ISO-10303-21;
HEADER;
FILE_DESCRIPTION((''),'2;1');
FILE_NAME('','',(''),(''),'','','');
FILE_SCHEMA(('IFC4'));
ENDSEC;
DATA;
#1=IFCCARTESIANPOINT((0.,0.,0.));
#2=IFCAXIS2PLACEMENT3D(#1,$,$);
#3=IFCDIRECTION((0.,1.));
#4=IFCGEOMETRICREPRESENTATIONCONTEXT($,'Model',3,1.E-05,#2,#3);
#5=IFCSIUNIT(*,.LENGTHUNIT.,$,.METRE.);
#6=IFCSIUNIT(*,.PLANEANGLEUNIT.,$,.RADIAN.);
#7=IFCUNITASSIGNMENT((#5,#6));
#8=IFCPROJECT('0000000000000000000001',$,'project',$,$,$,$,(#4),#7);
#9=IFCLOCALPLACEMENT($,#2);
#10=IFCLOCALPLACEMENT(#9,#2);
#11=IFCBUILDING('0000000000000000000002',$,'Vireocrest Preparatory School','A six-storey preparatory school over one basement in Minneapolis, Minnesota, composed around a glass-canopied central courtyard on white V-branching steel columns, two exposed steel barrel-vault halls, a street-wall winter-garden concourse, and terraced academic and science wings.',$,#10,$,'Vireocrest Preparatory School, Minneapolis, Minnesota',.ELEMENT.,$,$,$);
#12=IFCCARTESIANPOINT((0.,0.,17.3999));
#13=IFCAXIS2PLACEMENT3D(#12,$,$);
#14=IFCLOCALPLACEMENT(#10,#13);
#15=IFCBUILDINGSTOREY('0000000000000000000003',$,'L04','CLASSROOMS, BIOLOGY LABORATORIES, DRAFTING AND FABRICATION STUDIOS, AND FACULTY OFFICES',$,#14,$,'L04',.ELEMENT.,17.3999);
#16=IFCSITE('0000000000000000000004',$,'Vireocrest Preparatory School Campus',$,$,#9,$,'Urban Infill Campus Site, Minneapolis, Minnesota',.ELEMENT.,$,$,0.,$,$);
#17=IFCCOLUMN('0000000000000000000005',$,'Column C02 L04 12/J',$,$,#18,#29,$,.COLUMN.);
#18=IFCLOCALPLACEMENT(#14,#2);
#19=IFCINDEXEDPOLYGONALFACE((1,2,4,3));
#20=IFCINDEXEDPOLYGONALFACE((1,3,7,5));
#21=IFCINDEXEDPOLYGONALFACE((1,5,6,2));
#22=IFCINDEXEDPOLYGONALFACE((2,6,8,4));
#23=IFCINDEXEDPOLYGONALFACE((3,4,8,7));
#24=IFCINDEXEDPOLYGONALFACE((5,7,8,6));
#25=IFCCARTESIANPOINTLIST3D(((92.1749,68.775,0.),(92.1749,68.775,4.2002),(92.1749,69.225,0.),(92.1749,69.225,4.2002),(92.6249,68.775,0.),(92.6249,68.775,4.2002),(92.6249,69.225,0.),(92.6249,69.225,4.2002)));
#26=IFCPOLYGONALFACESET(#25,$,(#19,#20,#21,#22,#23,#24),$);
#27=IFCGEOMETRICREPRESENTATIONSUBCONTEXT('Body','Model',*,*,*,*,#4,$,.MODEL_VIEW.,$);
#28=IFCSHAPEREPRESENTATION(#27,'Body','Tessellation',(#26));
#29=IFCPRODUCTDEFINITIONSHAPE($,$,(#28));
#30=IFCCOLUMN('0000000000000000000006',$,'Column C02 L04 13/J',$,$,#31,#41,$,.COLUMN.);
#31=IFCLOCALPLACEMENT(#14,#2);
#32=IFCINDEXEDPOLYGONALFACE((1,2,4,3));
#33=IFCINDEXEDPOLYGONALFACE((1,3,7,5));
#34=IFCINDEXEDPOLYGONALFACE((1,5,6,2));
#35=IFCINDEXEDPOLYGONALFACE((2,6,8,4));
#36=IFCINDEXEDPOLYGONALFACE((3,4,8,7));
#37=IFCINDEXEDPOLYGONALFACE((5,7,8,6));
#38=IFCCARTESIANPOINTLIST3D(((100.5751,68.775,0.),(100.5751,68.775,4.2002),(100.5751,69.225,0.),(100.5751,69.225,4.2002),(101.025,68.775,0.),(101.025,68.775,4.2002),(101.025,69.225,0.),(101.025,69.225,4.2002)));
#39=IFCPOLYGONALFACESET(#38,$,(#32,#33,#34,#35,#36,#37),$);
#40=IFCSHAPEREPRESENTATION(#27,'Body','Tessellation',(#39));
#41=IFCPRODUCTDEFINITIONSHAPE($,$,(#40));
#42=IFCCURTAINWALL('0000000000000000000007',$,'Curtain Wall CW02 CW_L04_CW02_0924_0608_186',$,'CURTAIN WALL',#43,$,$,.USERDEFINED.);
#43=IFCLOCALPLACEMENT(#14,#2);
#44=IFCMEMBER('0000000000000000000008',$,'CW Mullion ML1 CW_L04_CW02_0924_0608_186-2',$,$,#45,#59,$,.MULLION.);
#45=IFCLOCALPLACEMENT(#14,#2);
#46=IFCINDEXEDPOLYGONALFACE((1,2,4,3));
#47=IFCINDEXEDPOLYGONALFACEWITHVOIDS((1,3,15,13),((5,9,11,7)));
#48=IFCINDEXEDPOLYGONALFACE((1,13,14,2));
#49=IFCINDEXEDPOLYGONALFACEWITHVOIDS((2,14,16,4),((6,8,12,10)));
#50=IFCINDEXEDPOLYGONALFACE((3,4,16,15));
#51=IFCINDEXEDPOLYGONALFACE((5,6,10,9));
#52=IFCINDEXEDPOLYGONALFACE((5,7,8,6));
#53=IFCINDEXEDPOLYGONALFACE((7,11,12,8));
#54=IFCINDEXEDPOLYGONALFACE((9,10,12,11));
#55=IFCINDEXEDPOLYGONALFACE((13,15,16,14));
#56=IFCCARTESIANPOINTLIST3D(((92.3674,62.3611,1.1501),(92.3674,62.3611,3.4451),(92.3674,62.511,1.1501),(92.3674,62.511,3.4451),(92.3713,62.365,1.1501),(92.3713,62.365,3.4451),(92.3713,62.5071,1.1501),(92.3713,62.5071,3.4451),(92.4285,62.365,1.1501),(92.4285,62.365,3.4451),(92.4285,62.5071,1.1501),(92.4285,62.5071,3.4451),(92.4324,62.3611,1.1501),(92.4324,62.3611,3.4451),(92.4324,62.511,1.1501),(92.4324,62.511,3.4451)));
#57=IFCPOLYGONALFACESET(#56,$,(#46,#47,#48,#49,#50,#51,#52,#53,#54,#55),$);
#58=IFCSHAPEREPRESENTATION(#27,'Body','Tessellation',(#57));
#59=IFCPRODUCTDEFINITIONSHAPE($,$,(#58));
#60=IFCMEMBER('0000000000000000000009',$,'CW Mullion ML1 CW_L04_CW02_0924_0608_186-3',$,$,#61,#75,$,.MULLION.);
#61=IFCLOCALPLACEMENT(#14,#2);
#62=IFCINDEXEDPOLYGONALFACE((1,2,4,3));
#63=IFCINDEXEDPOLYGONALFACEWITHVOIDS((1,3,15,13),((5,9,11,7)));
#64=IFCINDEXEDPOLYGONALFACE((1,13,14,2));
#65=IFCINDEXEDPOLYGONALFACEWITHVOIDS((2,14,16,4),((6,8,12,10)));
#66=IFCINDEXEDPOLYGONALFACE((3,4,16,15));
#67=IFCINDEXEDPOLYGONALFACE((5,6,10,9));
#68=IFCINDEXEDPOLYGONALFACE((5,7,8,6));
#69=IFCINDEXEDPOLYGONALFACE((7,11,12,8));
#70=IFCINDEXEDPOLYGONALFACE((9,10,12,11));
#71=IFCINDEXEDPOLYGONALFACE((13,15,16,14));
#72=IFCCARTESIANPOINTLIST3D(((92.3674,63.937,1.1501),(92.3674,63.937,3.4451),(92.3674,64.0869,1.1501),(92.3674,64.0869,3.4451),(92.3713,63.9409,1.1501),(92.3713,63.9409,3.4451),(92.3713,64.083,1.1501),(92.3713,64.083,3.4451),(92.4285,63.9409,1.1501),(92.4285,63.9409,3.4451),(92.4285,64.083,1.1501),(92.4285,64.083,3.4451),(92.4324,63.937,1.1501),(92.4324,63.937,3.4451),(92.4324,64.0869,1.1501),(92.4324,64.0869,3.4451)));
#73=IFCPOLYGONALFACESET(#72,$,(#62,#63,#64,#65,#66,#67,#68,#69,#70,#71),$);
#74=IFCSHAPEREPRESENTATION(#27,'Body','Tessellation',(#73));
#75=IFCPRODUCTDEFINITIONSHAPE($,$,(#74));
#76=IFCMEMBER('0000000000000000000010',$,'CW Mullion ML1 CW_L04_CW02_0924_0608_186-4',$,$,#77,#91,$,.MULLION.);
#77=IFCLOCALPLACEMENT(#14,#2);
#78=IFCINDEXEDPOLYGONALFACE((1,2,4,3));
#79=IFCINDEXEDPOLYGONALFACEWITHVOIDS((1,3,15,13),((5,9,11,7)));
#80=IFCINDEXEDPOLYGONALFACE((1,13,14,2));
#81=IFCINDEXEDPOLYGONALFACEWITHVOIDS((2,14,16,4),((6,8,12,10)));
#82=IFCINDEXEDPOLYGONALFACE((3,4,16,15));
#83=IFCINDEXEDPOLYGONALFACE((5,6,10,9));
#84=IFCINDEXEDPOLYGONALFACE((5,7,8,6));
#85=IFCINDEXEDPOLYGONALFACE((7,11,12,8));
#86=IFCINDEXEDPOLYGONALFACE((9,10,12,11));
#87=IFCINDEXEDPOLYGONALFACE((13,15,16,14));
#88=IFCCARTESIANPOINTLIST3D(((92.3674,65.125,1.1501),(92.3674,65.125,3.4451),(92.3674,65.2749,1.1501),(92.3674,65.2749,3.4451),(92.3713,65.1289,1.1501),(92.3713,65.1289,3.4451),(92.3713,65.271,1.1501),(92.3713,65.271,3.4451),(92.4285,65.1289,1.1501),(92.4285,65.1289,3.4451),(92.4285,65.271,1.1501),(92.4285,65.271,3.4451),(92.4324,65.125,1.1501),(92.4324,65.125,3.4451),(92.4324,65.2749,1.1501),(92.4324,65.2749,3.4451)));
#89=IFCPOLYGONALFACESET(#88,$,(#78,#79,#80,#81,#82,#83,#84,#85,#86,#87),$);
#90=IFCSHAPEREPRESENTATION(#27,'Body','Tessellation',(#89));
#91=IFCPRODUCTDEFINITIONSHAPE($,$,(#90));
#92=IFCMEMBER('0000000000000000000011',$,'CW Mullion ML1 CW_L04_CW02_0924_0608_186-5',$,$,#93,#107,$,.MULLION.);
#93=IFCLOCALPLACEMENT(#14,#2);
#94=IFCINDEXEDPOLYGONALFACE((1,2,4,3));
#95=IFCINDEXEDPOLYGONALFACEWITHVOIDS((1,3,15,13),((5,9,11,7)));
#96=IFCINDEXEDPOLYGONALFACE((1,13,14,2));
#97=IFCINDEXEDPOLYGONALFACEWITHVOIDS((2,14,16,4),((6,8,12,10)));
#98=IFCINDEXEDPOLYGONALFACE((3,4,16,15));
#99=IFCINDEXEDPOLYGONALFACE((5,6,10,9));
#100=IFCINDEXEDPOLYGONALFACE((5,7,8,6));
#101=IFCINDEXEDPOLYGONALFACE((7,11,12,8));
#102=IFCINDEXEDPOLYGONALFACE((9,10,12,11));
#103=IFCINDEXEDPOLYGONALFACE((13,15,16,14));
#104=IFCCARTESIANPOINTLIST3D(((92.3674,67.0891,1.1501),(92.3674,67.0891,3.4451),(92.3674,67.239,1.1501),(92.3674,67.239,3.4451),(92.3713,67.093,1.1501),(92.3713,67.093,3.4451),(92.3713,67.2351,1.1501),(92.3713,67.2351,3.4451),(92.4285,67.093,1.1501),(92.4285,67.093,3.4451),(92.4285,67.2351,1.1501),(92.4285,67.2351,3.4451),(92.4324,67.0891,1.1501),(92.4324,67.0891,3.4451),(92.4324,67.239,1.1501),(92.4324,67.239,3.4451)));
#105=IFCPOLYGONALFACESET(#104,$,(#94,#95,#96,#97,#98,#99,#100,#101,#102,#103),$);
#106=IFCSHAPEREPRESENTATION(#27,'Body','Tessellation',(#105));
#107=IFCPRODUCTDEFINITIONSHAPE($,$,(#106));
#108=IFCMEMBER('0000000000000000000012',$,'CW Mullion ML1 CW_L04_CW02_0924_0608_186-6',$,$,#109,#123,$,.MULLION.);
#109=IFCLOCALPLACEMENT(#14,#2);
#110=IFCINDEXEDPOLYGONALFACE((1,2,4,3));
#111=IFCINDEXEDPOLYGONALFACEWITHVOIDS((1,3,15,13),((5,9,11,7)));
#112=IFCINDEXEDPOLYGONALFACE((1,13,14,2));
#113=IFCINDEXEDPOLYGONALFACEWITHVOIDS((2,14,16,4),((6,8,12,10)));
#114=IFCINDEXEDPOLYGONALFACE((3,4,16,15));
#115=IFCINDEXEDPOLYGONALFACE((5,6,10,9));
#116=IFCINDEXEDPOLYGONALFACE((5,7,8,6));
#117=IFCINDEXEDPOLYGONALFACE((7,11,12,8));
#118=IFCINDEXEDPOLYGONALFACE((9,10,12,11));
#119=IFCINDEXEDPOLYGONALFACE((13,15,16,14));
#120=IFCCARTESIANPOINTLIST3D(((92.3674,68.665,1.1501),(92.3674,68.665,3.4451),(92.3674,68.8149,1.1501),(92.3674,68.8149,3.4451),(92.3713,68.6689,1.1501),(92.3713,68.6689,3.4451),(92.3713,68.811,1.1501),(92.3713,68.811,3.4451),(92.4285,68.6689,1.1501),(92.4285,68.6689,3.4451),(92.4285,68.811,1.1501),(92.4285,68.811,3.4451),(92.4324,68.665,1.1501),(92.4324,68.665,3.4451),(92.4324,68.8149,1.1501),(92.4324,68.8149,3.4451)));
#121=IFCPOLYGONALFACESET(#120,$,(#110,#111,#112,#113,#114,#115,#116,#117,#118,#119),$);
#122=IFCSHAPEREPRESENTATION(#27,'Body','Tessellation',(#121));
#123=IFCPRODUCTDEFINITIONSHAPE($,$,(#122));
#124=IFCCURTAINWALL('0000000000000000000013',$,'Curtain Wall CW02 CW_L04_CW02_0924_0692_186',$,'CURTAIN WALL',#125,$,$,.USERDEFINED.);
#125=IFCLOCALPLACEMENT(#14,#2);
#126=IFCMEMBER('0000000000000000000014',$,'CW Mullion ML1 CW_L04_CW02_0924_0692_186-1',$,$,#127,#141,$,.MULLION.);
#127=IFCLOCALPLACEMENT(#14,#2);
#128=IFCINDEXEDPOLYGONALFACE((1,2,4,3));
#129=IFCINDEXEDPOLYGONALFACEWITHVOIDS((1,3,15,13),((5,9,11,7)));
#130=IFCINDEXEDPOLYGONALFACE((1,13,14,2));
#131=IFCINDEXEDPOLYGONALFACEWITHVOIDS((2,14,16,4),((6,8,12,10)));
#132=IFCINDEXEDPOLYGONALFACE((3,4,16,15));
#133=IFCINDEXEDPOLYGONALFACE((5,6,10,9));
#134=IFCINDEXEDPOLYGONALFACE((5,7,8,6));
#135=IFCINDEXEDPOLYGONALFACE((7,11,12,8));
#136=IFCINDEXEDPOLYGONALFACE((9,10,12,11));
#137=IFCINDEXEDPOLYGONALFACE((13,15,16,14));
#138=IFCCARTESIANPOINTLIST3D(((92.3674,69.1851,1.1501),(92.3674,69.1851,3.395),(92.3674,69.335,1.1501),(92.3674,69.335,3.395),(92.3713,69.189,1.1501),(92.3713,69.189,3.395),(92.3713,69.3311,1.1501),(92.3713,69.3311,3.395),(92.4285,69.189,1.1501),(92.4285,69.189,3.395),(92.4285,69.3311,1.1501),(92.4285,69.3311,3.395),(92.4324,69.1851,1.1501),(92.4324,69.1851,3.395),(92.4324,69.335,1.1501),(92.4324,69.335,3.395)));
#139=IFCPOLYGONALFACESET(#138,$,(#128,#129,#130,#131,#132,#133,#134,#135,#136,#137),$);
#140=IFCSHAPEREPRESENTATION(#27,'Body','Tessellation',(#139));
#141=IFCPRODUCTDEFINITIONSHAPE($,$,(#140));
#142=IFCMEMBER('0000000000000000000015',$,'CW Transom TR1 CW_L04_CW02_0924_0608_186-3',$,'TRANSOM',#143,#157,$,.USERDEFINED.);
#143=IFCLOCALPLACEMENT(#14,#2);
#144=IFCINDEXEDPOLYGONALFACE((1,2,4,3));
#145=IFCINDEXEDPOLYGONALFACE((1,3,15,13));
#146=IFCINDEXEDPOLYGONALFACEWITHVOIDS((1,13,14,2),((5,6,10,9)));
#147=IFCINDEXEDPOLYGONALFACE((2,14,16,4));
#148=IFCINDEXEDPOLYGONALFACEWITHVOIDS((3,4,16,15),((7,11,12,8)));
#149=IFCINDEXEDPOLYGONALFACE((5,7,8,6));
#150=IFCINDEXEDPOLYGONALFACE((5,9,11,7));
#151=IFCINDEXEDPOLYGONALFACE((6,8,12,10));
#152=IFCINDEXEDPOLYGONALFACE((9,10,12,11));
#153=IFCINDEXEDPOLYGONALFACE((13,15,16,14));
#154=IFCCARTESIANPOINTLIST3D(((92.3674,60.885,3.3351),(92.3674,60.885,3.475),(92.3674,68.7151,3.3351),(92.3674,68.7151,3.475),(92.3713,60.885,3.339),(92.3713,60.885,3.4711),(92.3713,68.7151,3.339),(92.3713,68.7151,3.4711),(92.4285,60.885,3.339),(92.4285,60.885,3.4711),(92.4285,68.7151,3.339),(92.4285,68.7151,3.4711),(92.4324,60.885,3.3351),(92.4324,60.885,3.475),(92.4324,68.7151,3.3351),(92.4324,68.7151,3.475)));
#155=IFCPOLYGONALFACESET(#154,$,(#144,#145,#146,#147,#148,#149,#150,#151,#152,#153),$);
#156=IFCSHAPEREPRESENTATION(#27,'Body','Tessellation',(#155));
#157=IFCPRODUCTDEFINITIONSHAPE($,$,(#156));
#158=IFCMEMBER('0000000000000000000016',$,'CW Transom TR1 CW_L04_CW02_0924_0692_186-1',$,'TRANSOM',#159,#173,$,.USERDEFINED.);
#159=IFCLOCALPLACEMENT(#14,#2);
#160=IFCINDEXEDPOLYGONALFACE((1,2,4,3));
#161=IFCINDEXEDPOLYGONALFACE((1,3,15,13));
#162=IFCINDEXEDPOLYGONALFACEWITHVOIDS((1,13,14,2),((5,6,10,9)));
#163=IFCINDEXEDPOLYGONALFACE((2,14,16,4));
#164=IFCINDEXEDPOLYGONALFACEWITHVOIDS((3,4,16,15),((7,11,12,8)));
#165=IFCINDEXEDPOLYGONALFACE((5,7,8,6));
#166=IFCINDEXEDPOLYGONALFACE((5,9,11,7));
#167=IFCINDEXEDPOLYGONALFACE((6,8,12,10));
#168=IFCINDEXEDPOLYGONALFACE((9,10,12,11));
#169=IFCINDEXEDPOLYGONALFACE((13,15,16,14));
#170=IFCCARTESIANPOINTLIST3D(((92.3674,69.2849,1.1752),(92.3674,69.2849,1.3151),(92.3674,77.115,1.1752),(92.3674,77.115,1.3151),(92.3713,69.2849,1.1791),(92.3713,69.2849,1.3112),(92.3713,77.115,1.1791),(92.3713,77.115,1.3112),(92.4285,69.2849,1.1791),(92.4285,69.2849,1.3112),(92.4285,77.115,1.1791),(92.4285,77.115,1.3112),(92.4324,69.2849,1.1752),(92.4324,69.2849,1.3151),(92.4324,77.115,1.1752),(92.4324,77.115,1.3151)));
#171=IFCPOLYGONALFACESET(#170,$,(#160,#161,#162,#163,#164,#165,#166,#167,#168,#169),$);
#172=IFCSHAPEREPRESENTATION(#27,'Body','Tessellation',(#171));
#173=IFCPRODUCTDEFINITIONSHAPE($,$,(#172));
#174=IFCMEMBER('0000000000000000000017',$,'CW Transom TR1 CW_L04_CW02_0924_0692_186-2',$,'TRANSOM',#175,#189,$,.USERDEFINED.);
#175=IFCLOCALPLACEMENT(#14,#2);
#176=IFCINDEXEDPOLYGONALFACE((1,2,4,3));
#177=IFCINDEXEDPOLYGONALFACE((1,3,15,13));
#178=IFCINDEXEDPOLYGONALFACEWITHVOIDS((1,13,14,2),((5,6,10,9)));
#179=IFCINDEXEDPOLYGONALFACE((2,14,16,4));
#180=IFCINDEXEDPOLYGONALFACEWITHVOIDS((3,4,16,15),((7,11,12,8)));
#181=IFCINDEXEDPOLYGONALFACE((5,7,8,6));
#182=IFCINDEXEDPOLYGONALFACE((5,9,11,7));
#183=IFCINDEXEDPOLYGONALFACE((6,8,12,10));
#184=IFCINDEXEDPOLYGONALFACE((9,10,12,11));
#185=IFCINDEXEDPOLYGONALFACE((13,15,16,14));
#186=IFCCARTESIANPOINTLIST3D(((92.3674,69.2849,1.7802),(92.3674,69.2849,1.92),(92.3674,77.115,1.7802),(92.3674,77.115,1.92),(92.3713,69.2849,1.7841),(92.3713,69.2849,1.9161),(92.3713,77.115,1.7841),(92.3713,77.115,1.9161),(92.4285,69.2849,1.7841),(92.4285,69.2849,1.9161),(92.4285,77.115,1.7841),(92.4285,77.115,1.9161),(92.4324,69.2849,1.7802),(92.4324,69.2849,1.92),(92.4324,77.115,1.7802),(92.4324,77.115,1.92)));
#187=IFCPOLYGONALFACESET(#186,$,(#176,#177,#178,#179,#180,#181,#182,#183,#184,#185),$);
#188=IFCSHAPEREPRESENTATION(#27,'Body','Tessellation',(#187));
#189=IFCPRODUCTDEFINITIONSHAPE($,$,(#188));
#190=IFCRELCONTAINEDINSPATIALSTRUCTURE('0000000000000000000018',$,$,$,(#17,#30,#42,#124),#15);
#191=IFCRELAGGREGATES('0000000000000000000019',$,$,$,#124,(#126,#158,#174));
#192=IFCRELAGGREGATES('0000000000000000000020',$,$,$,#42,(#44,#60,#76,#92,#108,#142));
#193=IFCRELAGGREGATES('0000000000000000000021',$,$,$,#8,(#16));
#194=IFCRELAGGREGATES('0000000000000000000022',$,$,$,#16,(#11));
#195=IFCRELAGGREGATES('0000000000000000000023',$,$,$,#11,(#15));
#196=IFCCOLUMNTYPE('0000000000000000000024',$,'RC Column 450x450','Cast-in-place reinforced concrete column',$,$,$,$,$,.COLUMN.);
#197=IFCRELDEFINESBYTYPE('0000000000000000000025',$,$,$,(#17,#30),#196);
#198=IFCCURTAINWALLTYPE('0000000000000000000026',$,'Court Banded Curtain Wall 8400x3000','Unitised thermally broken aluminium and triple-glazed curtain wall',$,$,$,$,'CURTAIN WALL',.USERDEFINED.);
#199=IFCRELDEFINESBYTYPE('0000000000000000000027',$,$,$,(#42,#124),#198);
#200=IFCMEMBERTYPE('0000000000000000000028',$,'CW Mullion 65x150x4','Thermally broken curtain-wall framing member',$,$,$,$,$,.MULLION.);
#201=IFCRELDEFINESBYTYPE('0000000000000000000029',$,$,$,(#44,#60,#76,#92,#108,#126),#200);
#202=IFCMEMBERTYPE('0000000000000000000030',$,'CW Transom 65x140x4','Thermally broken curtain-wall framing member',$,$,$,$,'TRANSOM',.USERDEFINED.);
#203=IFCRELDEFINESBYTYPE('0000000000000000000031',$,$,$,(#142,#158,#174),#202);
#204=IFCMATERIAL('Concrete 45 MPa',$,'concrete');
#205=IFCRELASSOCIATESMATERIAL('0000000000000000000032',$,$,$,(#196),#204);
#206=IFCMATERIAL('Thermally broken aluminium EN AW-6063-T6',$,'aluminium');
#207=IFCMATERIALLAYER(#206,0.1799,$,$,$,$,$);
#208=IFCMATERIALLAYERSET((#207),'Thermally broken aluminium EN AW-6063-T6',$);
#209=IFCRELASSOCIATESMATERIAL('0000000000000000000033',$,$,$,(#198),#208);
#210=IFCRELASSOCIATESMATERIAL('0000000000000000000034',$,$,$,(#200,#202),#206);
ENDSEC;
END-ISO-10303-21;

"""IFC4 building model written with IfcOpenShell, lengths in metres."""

from ifc_helpers import new_model, si_unit, direction, frame, origin, origin_2d, place, context, subcontext, project, spatial, rectangle, hollow_rectangle, extrude, material, layer, layer_set, material_profile, profile_set, type_object, element, aggregate, save


model = new_model("IFC4")

# Units and contexts
model_context = context("Model", 3, precision=1e-05, world=origin(), true_north=direction((0.0, 1.0)))
body_context = subcontext(model_context, "Body", "Model", "MODEL_VIEW")
ifc_project = project(units=[si_unit("LENGTHUNIT", "METRE"), si_unit("PLANEANGLEUNIT", "RADIAN")], contexts=[model_context])

# Site, building, storey
site_placement = place(None, origin())
site = spatial("IfcSite", under=ifc_project, at=site_placement, Name="Vireocrest Preparatory School Campus", LongName="Urban Infill Campus Site, Minneapolis, Minnesota", CompositionType="ELEMENT", RefElevation=0.0)
building_placement = place(site_placement, origin())
building = spatial("IfcBuilding", under=site, at=building_placement, Name="Vireocrest Preparatory School", Description="A six-storey preparatory school over one basement in Minneapolis, Minnesota, composed around a glass-canopied central courtyard on white V-branching steel columns, two exposed steel barrel-vault halls, a street-wall winter-garden concourse, and terraced academic and science wings.", LongName="Vireocrest Preparatory School, Minneapolis, Minnesota", CompositionType="ELEMENT")
storey_placement = place(building_placement, frame((0.0, 0.0, 17.3999)))
storey = spatial("IfcBuildingStorey", under=building, at=storey_placement, Name="L04", Description="CLASSROOMS, BIOLOGY LABORATORIES, DRAFTING AND FABRICATION STUDIOS, AND FACULTY OFFICES", LongName="L04", CompositionType="ELEMENT", Elevation=17.3999)

# Columns
ifc_material_1 = material(Name="Concrete 45 MPa", Category="concrete")
ifc_material_profile_1 = material_profile(ifc_material_1, rectangle(XDim=0.45, YDim=0.45, at=origin_2d()), Name="RC 450x450")
ifc_profile_set_1 = profile_set([ifc_material_profile_1], Name="Concrete 45 MPa")
column_type = type_object("IfcColumnType", Name="RC Column 450x450", Description="Cast-in-place reinforced concrete column", PredefinedType="COLUMN", material=ifc_profile_set_1)
for number, where, z_axis, x_axis, name in (
    (1, (92.3999, 69.0, 0.0), (0.0, 0.0, 1.0), (1.0, 0.0, 0.0), "Column C02 L04 12/J"),
    (2, (100.8, 69.0, 0.0), (0.0, 0.0, 1.0), (1.0, 0.0, 0.0), "Column C02 L04 13/J"),
):
    element("IfcColumn", number, at=place(storey_placement, frame(where, z_axis=z_axis, x_axis=x_axis)), inside=storey, type_object=column_type, Name=name, PredefinedType="COLUMN", context=body_context, shape_type="SweptSolid", body=[
        extrude(rectangle(XDim=0.45, YDim=0.45, at=origin_2d()), origin(), (0.0, 0.0, 1.0), 4.2002),
    ])

# Curtain wall, members
ifc_material_2 = material(Name="Thermally broken aluminium EN AW-6063-T6", Category="aluminium")
ifc_layer_1 = layer(ifc_material_2, 0.1799)
ifc_layer_set_1 = layer_set([ifc_layer_1], Name="Thermally broken aluminium EN AW-6063-T6")
curtain_wall_type = type_object("IfcCurtainWallType", Name="Court Banded Curtain Wall 8400x3000", Description="Unitised thermally broken aluminium and triple-glazed curtain wall", ElementType="CURTAIN WALL", PredefinedType="USERDEFINED", material=ifc_layer_set_1)
curtain_wall_1_placement = place(storey_placement, origin())
curtain_wall_1 = element("IfcCurtainWall", 3, at=curtain_wall_1_placement, inside=storey, type_object=curtain_wall_type, Name="Curtain Wall CW02 CW_L04_CW02_0924_0608_186", ObjectType="CURTAIN WALL", PredefinedType="USERDEFINED")
ifc_material_profile_2 = material_profile(ifc_material_2, hollow_rectangle(XDim=0.0649, YDim=0.1499, WallThickness=0.0039, at=origin_2d()), Name="ALU 65x150x4")
ifc_profile_set_2 = profile_set([ifc_material_profile_2], Name="Thermally broken aluminium EN AW-6063-T6")
member_type_1 = type_object("IfcMemberType", Name="CW Mullion 65x150x4", Description="Thermally broken curtain-wall framing member", PredefinedType="MULLION", material=ifc_profile_set_2)
member_1_placement = place(storey_placement, frame((92.3999, 62.436, 1.1501), z_axis=(0.0, 0.0, 1.0), x_axis=(1.0, 0.0, 0.0)))
member_1 = element("IfcMember", 4, at=member_1_placement, type_object=member_type_1, Name="CW Mullion ML1 CW_L04_CW02_0924_0608_186-2", PredefinedType="MULLION", context=body_context, shape_type="SweptSolid", body=[
    extrude(hollow_rectangle(XDim=0.0649, YDim=0.1499, WallThickness=0.0039, at=origin_2d()), origin(), (0.0, 0.0, 1.0), 2.2949),
])
member_2_placement = place(storey_placement, frame((92.3999, 64.012, 1.1501), z_axis=(0.0, 0.0, 1.0), x_axis=(1.0, 0.0, 0.0)))
member_2 = element("IfcMember", 5, at=member_2_placement, type_object=member_type_1, Name="CW Mullion ML1 CW_L04_CW02_0924_0608_186-3", PredefinedType="MULLION", context=body_context, shape_type="SweptSolid", body=[
    extrude(hollow_rectangle(XDim=0.0649, YDim=0.1499, WallThickness=0.0039, at=origin_2d()), origin(), (0.0, 0.0, 1.0), 2.2949),
])
member_3_placement = place(storey_placement, frame((92.3999, 65.2, 1.1501), z_axis=(0.0, 0.0, 1.0), x_axis=(1.0, 0.0, 0.0)))
member_3 = element("IfcMember", 6, at=member_3_placement, type_object=member_type_1, Name="CW Mullion ML1 CW_L04_CW02_0924_0608_186-4", PredefinedType="MULLION", context=body_context, shape_type="SweptSolid", body=[
    extrude(hollow_rectangle(XDim=0.0649, YDim=0.1499, WallThickness=0.0039, at=origin_2d()), origin(), (0.0, 0.0, 1.0), 2.2949),
])
member_4_placement = place(storey_placement, frame((92.3999, 67.1641, 1.1501), z_axis=(0.0, 0.0, 1.0), x_axis=(1.0, 0.0, 0.0)))
member_4 = element("IfcMember", 7, at=member_4_placement, type_object=member_type_1, Name="CW Mullion ML1 CW_L04_CW02_0924_0608_186-5", PredefinedType="MULLION", context=body_context, shape_type="SweptSolid", body=[
    extrude(hollow_rectangle(XDim=0.0649, YDim=0.1499, WallThickness=0.0039, at=origin_2d()), origin(), (0.0, 0.0, 1.0), 2.2949),
])
member_5_placement = place(storey_placement, frame((92.3999, 68.74, 1.1501), z_axis=(0.0, 0.0, 1.0), x_axis=(1.0, 0.0, 0.0)))
member_5 = element("IfcMember", 8, at=member_5_placement, type_object=member_type_1, Name="CW Mullion ML1 CW_L04_CW02_0924_0608_186-6", PredefinedType="MULLION", context=body_context, shape_type="SweptSolid", body=[
    extrude(hollow_rectangle(XDim=0.0649, YDim=0.1499, WallThickness=0.0039, at=origin_2d()), origin(), (0.0, 0.0, 1.0), 2.2949),
])

# Curtain wall, member
curtain_wall_2_placement = place(storey_placement, origin())
curtain_wall_2 = element("IfcCurtainWall", 9, at=curtain_wall_2_placement, inside=storey, type_object=curtain_wall_type, Name="Curtain Wall CW02 CW_L04_CW02_0924_0692_186", ObjectType="CURTAIN WALL", PredefinedType="USERDEFINED")
member_6_placement = place(storey_placement, frame((92.3999, 69.26, 1.1501), z_axis=(0.0, 0.0, 1.0), x_axis=(1.0, 0.0, 0.0)))
member_6 = element("IfcMember", 10, at=member_6_placement, type_object=member_type_1, Name="CW Mullion ML1 CW_L04_CW02_0924_0692_186-1", PredefinedType="MULLION", context=body_context, shape_type="SweptSolid", body=[
    extrude(hollow_rectangle(XDim=0.0649, YDim=0.1499, WallThickness=0.0039, at=origin_2d()), origin(), (0.0, 0.0, 1.0), 2.2449),
])

# Members
ifc_material_profile_3 = material_profile(ifc_material_2, hollow_rectangle(XDim=0.0649, YDim=0.1399, WallThickness=0.0039, at=origin_2d()), Name="ALU 65x140x4")
ifc_profile_set_3 = profile_set([ifc_material_profile_3], Name="Thermally broken aluminium EN AW-6063-T6")
member_type_2 = type_object("IfcMemberType", Name="CW Transom 65x140x4", Description="Thermally broken curtain-wall framing member", ElementType="TRANSOM", PredefinedType="USERDEFINED", material=ifc_profile_set_3)
member_7_placement = place(storey_placement, frame((92.3999, 60.885, 3.405), z_axis=(0.0, 1.0, 0.0), x_axis=(-1.0, 0.0, 0.0)))
member_7 = element("IfcMember", 11, at=member_7_placement, type_object=member_type_2, Name="CW Transom TR1 CW_L04_CW02_0924_0608_186-3", ObjectType="TRANSOM", PredefinedType="USERDEFINED", context=body_context, shape_type="SweptSolid", body=[
    extrude(hollow_rectangle(XDim=0.0649, YDim=0.1399, WallThickness=0.0039, at=origin_2d()), origin(), (0.0, 0.0, 1.0), 7.8301),
])
member_8_placement = place(storey_placement, frame((92.3999, 69.2849, 1.2451), z_axis=(0.0, 1.0, 0.0), x_axis=(-1.0, 0.0, 0.0)))
member_8 = element("IfcMember", 12, at=member_8_placement, type_object=member_type_2, Name="CW Transom TR1 CW_L04_CW02_0924_0692_186-1", ObjectType="TRANSOM", PredefinedType="USERDEFINED", context=body_context, shape_type="SweptSolid", body=[
    extrude(hollow_rectangle(XDim=0.0649, YDim=0.1399, WallThickness=0.0039, at=origin_2d()), origin(), (0.0, 0.0, 1.0), 7.8301),
])
member_9_placement = place(storey_placement, frame((92.3999, 69.2849, 1.8501), z_axis=(0.0, 1.0, 0.0), x_axis=(-1.0, 0.0, 0.0)))
member_9 = element("IfcMember", 13, at=member_9_placement, type_object=member_type_2, Name="CW Transom TR1 CW_L04_CW02_0924_0692_186-2", ObjectType="TRANSOM", PredefinedType="USERDEFINED", context=body_context, shape_type="SweptSolid", body=[
    extrude(hollow_rectangle(XDim=0.0649, YDim=0.1399, WallThickness=0.0039, at=origin_2d()), origin(), (0.0, 0.0, 1.0), 7.8301),
])
aggregate(curtain_wall_2, [member_6, member_8, member_9])

aggregate(curtain_wall_1, [member_1, member_2, member_3, member_4, member_5, member_7])

save(model, "model.ifc")
